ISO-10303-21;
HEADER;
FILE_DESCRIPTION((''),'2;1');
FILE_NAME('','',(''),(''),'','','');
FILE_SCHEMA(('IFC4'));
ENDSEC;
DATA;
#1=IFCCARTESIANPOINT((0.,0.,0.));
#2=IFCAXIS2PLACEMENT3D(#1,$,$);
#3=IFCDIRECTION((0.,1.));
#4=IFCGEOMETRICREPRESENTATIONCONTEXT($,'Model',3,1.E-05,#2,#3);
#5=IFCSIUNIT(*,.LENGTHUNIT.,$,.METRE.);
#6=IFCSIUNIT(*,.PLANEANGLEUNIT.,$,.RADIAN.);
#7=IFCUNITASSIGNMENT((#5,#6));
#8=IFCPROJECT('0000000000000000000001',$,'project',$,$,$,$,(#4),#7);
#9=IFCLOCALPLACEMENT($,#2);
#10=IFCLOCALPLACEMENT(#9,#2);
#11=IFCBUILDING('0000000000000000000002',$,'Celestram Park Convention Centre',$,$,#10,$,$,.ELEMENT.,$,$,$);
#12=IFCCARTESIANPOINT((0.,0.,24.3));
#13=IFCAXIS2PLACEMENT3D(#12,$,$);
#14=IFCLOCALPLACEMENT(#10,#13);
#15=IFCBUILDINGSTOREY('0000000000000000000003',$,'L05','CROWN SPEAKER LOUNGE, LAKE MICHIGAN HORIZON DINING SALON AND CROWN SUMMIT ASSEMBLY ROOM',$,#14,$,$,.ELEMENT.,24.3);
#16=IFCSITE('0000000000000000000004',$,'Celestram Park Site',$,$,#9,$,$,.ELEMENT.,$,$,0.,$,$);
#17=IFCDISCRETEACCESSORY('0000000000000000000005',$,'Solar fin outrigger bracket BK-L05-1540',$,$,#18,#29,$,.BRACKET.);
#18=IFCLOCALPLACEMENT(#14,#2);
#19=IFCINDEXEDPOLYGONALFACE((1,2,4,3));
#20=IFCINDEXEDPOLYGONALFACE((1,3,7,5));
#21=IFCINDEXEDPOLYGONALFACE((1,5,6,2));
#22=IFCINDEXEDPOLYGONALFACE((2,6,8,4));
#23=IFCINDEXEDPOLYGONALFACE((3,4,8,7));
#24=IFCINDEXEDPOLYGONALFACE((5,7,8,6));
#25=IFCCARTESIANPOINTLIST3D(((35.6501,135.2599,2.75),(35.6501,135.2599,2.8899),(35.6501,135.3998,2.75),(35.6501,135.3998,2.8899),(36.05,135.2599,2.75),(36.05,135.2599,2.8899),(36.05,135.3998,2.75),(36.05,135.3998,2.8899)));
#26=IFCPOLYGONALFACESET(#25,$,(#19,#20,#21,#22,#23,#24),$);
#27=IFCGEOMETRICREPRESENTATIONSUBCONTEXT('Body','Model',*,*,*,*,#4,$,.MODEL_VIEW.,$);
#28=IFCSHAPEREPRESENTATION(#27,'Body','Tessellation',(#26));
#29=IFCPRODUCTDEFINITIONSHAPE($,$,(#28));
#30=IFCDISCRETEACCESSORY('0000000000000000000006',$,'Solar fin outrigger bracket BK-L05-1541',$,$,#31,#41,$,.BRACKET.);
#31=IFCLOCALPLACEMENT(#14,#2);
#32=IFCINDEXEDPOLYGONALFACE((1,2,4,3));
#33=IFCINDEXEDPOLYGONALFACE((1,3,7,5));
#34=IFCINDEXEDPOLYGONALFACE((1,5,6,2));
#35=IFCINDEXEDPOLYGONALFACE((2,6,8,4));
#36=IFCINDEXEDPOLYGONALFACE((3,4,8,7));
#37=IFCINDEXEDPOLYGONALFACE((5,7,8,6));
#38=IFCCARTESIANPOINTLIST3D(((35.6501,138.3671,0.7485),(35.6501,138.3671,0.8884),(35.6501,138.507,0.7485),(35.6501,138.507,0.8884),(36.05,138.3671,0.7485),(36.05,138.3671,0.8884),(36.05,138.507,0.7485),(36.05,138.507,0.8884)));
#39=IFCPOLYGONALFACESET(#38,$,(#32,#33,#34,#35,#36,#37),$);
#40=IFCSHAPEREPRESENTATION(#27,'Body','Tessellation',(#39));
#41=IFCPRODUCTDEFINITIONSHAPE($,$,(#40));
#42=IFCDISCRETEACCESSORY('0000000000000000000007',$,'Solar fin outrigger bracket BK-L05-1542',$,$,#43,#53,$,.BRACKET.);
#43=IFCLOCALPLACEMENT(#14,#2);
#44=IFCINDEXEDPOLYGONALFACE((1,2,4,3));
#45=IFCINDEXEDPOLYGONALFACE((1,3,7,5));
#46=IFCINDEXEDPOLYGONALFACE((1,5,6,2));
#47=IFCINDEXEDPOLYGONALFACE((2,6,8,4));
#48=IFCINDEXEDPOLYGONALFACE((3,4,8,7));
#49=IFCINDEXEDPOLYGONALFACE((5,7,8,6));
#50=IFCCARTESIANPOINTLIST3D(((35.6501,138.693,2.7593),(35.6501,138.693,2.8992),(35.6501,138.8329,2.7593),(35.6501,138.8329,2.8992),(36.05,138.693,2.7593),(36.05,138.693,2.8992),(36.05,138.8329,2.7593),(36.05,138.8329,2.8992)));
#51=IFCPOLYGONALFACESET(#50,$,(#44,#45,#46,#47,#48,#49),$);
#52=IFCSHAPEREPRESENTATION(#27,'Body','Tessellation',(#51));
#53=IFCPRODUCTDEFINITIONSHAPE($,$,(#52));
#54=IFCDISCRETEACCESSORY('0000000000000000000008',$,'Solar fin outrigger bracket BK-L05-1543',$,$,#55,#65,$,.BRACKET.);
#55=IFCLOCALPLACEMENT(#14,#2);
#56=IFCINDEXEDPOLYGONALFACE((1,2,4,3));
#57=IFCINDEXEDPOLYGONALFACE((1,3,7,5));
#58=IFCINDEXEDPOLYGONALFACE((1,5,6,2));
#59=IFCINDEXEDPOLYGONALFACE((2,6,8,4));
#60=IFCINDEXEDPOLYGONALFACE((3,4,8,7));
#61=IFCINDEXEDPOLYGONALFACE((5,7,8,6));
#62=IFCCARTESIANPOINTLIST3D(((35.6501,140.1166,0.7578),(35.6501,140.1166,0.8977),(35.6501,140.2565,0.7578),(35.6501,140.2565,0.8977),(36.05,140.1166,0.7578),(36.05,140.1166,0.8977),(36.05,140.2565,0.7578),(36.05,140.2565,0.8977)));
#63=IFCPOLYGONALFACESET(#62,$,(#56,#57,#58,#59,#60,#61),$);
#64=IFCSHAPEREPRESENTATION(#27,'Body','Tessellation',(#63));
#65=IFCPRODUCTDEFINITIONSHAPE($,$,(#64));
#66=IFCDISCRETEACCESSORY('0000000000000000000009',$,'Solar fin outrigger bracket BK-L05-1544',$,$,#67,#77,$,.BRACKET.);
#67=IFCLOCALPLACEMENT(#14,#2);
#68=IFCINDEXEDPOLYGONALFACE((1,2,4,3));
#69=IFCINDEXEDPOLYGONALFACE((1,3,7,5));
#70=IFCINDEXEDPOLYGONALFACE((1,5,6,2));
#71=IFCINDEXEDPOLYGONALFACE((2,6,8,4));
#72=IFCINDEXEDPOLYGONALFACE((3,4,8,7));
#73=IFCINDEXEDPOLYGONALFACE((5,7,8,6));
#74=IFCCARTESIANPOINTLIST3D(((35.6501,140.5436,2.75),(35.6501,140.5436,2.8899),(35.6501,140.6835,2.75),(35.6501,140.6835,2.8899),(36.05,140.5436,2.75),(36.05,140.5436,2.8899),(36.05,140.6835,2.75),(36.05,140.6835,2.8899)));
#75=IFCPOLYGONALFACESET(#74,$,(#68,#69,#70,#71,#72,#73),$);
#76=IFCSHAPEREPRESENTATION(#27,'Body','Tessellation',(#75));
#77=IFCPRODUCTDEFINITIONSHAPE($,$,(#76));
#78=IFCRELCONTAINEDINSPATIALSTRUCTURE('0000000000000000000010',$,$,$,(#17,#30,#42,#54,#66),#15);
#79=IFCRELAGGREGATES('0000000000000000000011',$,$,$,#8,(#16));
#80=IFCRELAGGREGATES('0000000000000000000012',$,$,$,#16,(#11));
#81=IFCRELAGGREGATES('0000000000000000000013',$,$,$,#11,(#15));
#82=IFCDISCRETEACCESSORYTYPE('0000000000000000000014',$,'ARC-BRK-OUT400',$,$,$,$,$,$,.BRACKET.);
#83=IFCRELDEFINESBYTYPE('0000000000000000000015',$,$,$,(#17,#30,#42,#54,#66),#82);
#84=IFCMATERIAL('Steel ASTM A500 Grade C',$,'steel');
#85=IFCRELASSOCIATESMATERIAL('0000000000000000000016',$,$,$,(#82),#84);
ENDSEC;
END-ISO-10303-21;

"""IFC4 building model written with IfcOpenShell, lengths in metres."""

from ifc_helpers import new_model, si_unit, direction, frame, origin, origin_2d, place, context, subcontext, project, spatial, rectangle, extrude, material, type_object, element, save


model = new_model("IFC4")

# Units and contexts
model_context = context("Model", 3, precision=1e-05, world=origin(), true_north=direction((0.0, 1.0)))
body_context = subcontext(model_context, "Body", "Model", "MODEL_VIEW")
ifc_project = project(units=[si_unit("LENGTHUNIT", "METRE"), si_unit("PLANEANGLEUNIT", "RADIAN")], contexts=[model_context])

# Site, building, storey
site_placement = place(None, origin())
site = spatial("IfcSite", under=ifc_project, at=site_placement, Name="Celestram Park Site", CompositionType="ELEMENT", RefElevation=0.0)
building_placement = place(site_placement, origin())
building = spatial("IfcBuilding", under=site, at=building_placement, Name="Celestram Park Convention Centre", CompositionType="ELEMENT")
storey_placement = place(building_placement, frame((0.0, 0.0, 24.3)))
storey = spatial("IfcBuildingStorey", under=building, at=storey_placement, Name="L05", Description="CROWN SPEAKER LOUNGE, LAKE MICHIGAN HORIZON DINING SALON AND CROWN SUMMIT ASSEMBLY ROOM", CompositionType="ELEMENT", Elevation=24.3)

# Shared definitions
ifc_material_1 = material(Name="Steel ASTM A500 Grade C", Category="steel")

# Discrete accessories
discrete_accessory_type = type_object("IfcDiscreteAccessoryType", Name="ARC-BRK-OUT400", PredefinedType="BRACKET", material=ifc_material_1)
for number, where, z_axis, x_axis, name in (
    (1, (35.8501, 135.3298, 2.75), (0.0, 0.0, 1.0), (-1.0, 0.0, 0.0), "Solar fin outrigger bracket BK-L05-1540"),
    (2, (35.8501, 138.437, 0.7485), (0.0, 0.0, 1.0), (-1.0, 0.0, 0.0), "Solar fin outrigger bracket BK-L05-1541"),
    (3, (35.8501, 138.7629, 2.7593), (0.0, 0.0, 1.0), (-1.0, 0.0, 0.0), "Solar fin outrigger bracket BK-L05-1542"),
    (4, (35.8501, 140.1865, 0.7578), (0.0, 0.0, 1.0), (-1.0, 0.0, 0.0), "Solar fin outrigger bracket BK-L05-1543"),
    (5, (35.8501, 140.6135, 2.75), (0.0, 0.0, 1.0), (-1.0, 0.0, 0.0), "Solar fin outrigger bracket BK-L05-1544"),
):
    element("IfcDiscreteAccessory", number, at=place(storey_placement, frame(where, z_axis=z_axis, x_axis=x_axis)), inside=storey, type_object=discrete_accessory_type, Name=name, PredefinedType="BRACKET", context=body_context, shape_type="SweptSolid", body=[
        extrude(rectangle(XDim=0.3999, YDim=0.1399, at=origin_2d()), origin(), (0.0, 0.0, 1.0), 0.1399),
    ])

save(model, "model.ifc")
